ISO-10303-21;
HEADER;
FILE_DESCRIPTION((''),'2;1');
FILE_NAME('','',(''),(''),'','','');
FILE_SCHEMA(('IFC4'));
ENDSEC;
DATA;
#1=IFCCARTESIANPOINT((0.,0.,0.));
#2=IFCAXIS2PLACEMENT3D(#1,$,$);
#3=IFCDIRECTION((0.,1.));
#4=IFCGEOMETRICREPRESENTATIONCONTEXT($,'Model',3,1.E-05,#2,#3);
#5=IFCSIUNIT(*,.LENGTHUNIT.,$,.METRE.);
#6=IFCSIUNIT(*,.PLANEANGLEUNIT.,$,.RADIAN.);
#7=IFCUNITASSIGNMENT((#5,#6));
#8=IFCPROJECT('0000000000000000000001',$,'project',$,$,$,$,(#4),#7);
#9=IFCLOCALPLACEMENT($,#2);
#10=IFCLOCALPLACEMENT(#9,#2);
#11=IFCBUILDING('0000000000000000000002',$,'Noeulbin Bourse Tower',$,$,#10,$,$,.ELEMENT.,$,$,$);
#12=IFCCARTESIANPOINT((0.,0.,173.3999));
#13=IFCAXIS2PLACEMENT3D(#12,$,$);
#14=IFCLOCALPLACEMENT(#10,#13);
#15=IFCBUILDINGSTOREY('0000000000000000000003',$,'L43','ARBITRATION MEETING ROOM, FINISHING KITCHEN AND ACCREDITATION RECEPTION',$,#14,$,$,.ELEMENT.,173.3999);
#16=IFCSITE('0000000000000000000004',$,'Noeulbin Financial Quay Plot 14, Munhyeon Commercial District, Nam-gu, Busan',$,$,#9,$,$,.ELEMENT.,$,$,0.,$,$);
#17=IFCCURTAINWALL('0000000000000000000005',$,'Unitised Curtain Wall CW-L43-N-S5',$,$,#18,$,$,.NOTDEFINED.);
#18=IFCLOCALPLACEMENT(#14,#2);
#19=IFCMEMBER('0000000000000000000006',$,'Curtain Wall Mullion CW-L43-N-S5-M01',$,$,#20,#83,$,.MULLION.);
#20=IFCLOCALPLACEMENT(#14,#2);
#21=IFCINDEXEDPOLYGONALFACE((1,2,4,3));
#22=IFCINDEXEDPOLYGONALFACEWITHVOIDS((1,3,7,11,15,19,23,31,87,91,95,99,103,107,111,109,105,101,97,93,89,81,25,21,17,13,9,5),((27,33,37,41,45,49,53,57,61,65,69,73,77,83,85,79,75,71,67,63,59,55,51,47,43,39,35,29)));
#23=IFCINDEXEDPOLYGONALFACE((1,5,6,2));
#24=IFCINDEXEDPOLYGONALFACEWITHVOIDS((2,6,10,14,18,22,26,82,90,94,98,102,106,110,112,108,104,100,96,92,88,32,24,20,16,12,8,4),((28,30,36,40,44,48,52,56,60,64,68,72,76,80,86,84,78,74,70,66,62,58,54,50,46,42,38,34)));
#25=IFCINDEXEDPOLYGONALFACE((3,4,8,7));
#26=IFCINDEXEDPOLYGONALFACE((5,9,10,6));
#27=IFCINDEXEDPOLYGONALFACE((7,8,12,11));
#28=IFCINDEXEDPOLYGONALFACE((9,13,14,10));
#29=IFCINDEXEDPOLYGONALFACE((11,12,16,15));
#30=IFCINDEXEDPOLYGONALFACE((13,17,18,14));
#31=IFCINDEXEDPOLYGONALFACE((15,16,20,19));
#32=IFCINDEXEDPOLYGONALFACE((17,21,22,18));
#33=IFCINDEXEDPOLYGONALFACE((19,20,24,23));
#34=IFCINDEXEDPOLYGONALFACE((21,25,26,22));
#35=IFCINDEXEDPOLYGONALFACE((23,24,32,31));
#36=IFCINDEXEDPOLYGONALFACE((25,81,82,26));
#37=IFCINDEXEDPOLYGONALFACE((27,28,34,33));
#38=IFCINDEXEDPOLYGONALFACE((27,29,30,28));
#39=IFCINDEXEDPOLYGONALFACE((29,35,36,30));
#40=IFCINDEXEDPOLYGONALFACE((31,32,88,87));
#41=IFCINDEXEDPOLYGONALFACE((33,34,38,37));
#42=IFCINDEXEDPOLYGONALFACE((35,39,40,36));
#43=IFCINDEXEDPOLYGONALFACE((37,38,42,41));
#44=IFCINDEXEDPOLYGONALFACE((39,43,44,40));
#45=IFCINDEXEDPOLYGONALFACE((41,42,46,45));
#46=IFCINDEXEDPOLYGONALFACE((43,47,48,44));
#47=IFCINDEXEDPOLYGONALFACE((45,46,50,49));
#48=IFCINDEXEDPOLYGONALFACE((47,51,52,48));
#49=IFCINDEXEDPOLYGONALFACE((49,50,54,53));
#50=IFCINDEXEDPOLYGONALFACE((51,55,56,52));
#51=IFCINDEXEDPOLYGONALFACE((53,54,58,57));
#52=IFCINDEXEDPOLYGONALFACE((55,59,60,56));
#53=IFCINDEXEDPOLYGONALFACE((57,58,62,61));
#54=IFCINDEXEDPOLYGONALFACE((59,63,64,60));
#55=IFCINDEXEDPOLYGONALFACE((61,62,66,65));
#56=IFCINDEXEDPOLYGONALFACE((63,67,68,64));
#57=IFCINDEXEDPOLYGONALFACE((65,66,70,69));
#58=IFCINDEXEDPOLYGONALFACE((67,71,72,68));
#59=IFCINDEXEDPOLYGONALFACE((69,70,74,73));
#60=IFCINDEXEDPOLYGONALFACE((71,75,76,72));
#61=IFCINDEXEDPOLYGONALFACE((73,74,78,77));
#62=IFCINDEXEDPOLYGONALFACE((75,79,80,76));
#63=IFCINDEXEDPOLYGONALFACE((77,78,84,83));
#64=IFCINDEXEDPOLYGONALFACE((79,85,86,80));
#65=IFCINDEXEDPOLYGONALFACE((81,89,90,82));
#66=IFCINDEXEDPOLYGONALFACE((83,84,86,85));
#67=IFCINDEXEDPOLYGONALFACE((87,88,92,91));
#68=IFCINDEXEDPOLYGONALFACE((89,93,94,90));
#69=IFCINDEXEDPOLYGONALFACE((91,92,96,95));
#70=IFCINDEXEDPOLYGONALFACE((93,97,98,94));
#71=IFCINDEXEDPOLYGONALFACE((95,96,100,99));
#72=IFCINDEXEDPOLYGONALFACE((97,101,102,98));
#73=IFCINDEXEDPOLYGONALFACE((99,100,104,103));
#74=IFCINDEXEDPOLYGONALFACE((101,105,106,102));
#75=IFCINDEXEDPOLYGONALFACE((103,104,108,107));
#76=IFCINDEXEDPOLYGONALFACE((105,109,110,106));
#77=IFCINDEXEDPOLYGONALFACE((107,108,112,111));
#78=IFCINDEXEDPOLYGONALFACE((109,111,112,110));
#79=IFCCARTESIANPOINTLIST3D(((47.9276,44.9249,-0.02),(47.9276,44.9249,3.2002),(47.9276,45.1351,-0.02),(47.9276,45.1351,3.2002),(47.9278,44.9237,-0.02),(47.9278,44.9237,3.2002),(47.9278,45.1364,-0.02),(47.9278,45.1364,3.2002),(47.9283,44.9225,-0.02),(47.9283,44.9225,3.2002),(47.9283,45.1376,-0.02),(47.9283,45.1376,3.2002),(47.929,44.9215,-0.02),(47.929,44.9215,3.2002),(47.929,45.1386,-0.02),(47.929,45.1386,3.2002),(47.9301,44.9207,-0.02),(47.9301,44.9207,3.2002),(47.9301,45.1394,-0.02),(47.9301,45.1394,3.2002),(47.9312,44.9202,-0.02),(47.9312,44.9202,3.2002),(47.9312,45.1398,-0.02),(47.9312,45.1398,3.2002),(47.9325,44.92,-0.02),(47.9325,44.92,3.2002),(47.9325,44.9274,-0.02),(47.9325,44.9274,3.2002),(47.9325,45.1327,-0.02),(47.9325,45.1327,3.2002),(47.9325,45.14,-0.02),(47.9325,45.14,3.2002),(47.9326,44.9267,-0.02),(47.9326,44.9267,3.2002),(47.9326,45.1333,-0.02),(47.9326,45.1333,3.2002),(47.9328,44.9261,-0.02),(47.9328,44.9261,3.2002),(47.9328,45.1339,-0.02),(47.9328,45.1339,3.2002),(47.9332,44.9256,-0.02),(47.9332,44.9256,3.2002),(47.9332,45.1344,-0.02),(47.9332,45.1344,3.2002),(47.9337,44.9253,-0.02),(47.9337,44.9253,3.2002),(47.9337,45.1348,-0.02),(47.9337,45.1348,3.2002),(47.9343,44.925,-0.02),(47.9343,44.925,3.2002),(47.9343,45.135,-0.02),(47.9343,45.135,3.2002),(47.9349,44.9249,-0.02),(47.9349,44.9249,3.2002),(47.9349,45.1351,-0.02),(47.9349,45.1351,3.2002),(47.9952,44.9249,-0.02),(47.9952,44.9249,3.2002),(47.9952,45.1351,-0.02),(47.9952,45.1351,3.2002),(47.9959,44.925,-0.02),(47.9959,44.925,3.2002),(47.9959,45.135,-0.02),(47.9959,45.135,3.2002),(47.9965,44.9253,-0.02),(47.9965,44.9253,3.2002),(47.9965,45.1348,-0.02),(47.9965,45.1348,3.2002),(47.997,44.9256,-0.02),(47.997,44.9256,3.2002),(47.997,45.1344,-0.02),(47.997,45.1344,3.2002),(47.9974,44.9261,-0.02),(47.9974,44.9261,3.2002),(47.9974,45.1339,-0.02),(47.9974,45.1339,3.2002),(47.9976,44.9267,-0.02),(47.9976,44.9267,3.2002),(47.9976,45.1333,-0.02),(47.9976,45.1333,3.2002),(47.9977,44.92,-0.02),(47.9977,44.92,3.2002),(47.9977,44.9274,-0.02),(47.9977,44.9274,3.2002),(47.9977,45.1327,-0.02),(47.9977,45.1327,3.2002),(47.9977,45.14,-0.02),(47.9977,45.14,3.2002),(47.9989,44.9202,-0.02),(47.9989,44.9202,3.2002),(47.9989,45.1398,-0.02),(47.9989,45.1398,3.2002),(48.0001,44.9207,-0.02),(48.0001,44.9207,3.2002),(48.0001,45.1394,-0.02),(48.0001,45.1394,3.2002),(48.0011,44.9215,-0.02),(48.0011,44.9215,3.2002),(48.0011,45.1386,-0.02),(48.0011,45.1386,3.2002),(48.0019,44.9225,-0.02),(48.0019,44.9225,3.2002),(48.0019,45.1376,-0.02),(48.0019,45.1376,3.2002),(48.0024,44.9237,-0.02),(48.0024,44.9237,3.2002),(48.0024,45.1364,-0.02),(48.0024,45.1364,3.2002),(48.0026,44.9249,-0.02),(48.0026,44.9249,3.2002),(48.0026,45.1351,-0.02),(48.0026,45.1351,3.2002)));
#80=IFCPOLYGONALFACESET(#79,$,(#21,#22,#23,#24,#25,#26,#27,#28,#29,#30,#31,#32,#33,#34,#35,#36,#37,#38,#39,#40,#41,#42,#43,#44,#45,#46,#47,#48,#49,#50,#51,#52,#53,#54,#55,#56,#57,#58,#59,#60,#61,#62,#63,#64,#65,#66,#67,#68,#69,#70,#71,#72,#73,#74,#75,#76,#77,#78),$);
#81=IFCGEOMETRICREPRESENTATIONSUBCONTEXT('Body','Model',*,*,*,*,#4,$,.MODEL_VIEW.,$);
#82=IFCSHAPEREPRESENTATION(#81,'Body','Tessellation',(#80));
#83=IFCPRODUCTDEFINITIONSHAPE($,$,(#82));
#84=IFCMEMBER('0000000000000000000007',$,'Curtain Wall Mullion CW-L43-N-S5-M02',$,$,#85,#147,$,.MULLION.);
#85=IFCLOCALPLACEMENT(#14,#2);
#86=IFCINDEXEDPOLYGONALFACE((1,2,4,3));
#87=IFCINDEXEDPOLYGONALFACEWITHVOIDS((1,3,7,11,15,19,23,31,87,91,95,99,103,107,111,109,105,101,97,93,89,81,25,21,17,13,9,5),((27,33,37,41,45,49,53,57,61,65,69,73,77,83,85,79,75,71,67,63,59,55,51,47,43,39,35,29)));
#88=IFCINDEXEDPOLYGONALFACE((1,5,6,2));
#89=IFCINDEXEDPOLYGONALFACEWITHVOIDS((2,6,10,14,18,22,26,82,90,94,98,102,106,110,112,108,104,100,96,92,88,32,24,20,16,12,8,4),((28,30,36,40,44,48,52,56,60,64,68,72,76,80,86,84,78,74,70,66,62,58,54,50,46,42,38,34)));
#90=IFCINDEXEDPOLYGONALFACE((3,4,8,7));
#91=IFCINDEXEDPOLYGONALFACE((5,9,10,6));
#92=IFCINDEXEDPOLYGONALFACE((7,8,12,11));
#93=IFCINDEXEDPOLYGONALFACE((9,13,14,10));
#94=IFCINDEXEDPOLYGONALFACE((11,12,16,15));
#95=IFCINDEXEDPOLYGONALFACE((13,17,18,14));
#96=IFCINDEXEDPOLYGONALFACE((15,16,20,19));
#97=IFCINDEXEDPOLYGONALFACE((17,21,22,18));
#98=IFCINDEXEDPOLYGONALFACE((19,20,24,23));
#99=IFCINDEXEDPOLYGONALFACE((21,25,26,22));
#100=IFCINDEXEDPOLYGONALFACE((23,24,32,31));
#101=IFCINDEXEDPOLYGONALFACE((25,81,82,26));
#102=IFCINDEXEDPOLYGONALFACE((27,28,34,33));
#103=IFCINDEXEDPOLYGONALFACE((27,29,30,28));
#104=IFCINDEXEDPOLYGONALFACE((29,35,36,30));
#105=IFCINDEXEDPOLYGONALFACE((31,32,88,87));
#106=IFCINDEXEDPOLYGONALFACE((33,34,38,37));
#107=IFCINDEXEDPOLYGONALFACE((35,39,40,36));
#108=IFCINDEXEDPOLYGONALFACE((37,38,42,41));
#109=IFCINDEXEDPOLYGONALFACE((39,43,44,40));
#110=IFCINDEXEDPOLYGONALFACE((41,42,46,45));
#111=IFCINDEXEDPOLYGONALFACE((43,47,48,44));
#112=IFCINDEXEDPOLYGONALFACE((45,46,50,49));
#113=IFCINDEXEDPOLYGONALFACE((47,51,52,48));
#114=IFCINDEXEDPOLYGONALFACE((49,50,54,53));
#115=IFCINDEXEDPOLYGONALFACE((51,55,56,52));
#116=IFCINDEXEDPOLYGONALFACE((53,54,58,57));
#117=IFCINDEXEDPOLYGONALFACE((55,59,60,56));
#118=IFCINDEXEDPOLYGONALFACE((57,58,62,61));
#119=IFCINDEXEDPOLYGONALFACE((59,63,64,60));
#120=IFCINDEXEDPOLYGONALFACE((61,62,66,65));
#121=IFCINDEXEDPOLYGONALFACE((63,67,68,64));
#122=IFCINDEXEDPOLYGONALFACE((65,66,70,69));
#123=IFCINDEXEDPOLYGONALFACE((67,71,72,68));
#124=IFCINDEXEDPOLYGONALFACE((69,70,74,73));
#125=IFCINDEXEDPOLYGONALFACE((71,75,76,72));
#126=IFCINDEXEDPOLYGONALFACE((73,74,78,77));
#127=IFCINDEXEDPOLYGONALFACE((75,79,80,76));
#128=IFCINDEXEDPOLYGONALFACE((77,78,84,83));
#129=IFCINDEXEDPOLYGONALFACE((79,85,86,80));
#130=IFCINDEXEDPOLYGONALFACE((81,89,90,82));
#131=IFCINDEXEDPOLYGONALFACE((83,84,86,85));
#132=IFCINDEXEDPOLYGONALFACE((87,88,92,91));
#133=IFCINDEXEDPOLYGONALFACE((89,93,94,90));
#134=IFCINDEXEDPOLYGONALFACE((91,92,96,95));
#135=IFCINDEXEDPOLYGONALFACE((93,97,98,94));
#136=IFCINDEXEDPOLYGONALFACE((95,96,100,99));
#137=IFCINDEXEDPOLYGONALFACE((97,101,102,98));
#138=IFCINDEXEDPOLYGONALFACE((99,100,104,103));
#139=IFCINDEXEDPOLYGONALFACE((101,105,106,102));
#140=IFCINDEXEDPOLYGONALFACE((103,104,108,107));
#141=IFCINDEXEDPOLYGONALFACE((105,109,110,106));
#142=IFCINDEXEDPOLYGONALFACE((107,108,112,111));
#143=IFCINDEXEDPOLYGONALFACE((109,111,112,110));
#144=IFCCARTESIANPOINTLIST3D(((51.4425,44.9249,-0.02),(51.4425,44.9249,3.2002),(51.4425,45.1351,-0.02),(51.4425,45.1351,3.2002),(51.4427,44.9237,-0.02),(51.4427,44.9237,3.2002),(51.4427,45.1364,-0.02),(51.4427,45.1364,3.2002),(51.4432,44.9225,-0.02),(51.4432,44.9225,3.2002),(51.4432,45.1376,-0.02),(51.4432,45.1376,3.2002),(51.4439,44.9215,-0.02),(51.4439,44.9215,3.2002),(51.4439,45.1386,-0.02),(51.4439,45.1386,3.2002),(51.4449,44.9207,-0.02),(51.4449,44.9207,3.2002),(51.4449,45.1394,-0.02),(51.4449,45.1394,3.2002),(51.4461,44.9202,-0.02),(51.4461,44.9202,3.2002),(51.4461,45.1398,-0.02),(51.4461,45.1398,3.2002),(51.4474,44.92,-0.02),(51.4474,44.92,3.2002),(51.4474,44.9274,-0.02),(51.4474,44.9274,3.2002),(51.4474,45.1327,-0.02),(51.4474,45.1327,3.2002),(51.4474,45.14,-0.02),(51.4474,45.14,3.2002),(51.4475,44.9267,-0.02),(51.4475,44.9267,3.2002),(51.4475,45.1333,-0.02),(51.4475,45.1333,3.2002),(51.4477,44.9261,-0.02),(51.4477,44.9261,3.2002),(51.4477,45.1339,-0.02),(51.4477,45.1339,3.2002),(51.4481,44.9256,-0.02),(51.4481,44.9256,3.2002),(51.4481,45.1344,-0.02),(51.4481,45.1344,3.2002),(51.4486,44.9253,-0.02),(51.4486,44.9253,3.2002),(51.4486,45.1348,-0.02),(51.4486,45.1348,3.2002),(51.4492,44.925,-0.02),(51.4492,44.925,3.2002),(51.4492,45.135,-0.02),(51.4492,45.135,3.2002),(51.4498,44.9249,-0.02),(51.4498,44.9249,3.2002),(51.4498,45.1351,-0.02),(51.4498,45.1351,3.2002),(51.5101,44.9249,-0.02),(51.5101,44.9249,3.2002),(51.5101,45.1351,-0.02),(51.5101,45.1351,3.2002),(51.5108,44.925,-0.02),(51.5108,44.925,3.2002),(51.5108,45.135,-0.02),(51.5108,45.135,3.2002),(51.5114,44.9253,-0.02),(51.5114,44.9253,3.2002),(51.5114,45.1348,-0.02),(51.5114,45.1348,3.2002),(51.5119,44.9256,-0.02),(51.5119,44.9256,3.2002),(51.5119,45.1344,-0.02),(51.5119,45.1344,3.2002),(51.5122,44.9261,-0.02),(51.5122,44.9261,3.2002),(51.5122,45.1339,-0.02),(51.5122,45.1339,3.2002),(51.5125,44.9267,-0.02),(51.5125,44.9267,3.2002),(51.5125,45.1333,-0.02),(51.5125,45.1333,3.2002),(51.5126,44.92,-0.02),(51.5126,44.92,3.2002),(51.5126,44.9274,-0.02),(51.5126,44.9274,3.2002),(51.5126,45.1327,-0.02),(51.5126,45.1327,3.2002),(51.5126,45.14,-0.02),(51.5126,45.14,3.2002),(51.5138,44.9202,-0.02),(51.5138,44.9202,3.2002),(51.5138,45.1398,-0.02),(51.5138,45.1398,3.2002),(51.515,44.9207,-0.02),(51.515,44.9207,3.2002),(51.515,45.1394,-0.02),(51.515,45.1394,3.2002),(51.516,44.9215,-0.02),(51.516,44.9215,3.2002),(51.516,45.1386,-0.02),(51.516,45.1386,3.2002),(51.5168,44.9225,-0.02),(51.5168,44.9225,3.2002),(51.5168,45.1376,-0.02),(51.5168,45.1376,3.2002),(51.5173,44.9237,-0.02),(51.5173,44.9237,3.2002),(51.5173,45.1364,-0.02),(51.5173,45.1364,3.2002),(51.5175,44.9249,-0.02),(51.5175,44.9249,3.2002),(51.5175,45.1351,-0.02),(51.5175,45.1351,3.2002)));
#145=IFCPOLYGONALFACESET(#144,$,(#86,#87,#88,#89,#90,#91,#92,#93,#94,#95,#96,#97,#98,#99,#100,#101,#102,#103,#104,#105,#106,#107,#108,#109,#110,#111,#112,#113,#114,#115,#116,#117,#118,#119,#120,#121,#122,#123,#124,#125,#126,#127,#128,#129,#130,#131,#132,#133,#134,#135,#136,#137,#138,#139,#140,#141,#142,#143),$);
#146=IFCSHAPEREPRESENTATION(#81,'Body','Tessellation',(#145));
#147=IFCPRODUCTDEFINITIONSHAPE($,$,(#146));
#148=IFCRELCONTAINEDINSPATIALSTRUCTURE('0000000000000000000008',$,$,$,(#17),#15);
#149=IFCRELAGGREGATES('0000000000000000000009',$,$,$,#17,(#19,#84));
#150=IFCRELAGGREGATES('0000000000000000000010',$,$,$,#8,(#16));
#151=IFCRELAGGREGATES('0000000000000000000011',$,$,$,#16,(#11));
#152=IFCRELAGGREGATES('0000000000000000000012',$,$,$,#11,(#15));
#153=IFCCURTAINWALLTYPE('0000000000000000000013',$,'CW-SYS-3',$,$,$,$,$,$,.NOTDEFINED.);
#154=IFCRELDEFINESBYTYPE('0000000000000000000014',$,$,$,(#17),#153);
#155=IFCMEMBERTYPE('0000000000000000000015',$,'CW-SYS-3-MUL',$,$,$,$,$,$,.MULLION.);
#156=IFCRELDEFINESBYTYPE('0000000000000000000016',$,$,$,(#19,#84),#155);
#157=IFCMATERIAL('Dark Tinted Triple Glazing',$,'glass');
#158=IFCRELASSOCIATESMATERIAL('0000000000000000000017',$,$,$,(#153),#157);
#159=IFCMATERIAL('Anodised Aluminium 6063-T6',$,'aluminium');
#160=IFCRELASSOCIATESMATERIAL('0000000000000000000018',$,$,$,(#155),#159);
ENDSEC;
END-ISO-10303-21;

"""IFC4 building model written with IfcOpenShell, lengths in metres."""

from ifc_helpers import new_model, si_unit, direction, frame, origin, origin_2d, place, context, subcontext, project, spatial, hollow_rectangle, extrude, material, material_profile, profile_set, type_object, element, aggregate, save


model = new_model("IFC4")

# Units and contexts
model_context = context("Model", 3, precision=1e-05, world=origin(), true_north=direction((0.0, 1.0)))
body_context = subcontext(model_context, "Body", "Model", "MODEL_VIEW")
ifc_project = project(units=[si_unit("LENGTHUNIT", "METRE"), si_unit("PLANEANGLEUNIT", "RADIAN")], contexts=[model_context])

# Site, building, storey
site_placement = place(None, origin())
site = spatial("IfcSite", under=ifc_project, at=site_placement, Name="Noeulbin Financial Quay Plot 14, Munhyeon Commercial District, Nam-gu, Busan", CompositionType="ELEMENT", RefElevation=0.0)
building_placement = place(site_placement, origin())
building = spatial("IfcBuilding", under=site, at=building_placement, Name="Noeulbin Bourse Tower", CompositionType="ELEMENT")
storey_placement = place(building_placement, frame((0.0, 0.0, 173.3999)))
storey = spatial("IfcBuildingStorey", under=building, at=storey_placement, Name="L43", Description="ARBITRATION MEETING ROOM, FINISHING KITCHEN AND ACCREDITATION RECEPTION", CompositionType="ELEMENT", Elevation=173.3999)

# Shared definitions
ifc_material_1 = material(Name="Dark Tinted Triple Glazing", Category="glass")
curtain_wall_type = type_object("IfcCurtainWallType", Name="CW-SYS-3", PredefinedType="NOTDEFINED", material=ifc_material_1)
ifc_material_2 = material(Name="Anodised Aluminium 6063-T6", Category="aluminium")
ifc_material_profile_1 = material_profile(ifc_material_2, hollow_rectangle(XDim=0.075, YDim=0.22, WallThickness=0.0049, InnerFilletRadius=0.0024, OuterFilletRadius=0.0049, at=origin_2d()), Name="ALU-MULL-75x220x5", Category="LoadBearing")
ifc_profile_set_1 = profile_set([ifc_material_profile_1], Name="Anodised Aluminium 6063-T6")
member_type_1 = type_object("IfcMemberType", Name="CW-SYS-3-MUL", PredefinedType="MULLION", material=ifc_profile_set_1)

# Curtain wall, members
curtain_wall_1_placement = place(storey_placement, origin())
curtain_wall_1 = element("IfcCurtainWall", 1, at=curtain_wall_1_placement, inside=storey, type_object=curtain_wall_type, Name="Unitised Curtain Wall CW-L43-N-S5", PredefinedType="NOTDEFINED")
member_1_placement = place(storey_placement, frame((47.9651, 45.03, -0.02), z_axis=(0.0, 0.0, 1.0), x_axis=(1.0, 0.0, 0.0)))
member_1 = element("IfcMember", 2, at=member_1_placement, type_object=member_type_1, Name="Curtain Wall Mullion CW-L43-N-S5-M01", PredefinedType="MULLION", context=body_context, shape_type="SweptSolid", body=[
    extrude(hollow_rectangle(XDim=0.075, YDim=0.22, WallThickness=0.0049, InnerFilletRadius=0.0024, OuterFilletRadius=0.0049, at=origin_2d()), origin(), (0.0, 0.0, 1.0), 3.2202),
])
member_2_placement = place(storey_placement, frame((51.48, 45.03, -0.02), z_axis=(0.0, 0.0, 1.0), x_axis=(1.0, 0.0, 0.0)))
member_2 = element("IfcMember", 3, at=member_2_placement, type_object=member_type_1, Name="Curtain Wall Mullion CW-L43-N-S5-M02", PredefinedType="MULLION", context=body_context, shape_type="SweptSolid", body=[
    extrude(hollow_rectangle(XDim=0.075, YDim=0.22, WallThickness=0.0049, InnerFilletRadius=0.0024, OuterFilletRadius=0.0049, at=origin_2d()), origin(), (0.0, 0.0, 1.0), 3.2202),
])

aggregate(curtain_wall_1, [member_1, member_2])

save(model, "model.ifc")
